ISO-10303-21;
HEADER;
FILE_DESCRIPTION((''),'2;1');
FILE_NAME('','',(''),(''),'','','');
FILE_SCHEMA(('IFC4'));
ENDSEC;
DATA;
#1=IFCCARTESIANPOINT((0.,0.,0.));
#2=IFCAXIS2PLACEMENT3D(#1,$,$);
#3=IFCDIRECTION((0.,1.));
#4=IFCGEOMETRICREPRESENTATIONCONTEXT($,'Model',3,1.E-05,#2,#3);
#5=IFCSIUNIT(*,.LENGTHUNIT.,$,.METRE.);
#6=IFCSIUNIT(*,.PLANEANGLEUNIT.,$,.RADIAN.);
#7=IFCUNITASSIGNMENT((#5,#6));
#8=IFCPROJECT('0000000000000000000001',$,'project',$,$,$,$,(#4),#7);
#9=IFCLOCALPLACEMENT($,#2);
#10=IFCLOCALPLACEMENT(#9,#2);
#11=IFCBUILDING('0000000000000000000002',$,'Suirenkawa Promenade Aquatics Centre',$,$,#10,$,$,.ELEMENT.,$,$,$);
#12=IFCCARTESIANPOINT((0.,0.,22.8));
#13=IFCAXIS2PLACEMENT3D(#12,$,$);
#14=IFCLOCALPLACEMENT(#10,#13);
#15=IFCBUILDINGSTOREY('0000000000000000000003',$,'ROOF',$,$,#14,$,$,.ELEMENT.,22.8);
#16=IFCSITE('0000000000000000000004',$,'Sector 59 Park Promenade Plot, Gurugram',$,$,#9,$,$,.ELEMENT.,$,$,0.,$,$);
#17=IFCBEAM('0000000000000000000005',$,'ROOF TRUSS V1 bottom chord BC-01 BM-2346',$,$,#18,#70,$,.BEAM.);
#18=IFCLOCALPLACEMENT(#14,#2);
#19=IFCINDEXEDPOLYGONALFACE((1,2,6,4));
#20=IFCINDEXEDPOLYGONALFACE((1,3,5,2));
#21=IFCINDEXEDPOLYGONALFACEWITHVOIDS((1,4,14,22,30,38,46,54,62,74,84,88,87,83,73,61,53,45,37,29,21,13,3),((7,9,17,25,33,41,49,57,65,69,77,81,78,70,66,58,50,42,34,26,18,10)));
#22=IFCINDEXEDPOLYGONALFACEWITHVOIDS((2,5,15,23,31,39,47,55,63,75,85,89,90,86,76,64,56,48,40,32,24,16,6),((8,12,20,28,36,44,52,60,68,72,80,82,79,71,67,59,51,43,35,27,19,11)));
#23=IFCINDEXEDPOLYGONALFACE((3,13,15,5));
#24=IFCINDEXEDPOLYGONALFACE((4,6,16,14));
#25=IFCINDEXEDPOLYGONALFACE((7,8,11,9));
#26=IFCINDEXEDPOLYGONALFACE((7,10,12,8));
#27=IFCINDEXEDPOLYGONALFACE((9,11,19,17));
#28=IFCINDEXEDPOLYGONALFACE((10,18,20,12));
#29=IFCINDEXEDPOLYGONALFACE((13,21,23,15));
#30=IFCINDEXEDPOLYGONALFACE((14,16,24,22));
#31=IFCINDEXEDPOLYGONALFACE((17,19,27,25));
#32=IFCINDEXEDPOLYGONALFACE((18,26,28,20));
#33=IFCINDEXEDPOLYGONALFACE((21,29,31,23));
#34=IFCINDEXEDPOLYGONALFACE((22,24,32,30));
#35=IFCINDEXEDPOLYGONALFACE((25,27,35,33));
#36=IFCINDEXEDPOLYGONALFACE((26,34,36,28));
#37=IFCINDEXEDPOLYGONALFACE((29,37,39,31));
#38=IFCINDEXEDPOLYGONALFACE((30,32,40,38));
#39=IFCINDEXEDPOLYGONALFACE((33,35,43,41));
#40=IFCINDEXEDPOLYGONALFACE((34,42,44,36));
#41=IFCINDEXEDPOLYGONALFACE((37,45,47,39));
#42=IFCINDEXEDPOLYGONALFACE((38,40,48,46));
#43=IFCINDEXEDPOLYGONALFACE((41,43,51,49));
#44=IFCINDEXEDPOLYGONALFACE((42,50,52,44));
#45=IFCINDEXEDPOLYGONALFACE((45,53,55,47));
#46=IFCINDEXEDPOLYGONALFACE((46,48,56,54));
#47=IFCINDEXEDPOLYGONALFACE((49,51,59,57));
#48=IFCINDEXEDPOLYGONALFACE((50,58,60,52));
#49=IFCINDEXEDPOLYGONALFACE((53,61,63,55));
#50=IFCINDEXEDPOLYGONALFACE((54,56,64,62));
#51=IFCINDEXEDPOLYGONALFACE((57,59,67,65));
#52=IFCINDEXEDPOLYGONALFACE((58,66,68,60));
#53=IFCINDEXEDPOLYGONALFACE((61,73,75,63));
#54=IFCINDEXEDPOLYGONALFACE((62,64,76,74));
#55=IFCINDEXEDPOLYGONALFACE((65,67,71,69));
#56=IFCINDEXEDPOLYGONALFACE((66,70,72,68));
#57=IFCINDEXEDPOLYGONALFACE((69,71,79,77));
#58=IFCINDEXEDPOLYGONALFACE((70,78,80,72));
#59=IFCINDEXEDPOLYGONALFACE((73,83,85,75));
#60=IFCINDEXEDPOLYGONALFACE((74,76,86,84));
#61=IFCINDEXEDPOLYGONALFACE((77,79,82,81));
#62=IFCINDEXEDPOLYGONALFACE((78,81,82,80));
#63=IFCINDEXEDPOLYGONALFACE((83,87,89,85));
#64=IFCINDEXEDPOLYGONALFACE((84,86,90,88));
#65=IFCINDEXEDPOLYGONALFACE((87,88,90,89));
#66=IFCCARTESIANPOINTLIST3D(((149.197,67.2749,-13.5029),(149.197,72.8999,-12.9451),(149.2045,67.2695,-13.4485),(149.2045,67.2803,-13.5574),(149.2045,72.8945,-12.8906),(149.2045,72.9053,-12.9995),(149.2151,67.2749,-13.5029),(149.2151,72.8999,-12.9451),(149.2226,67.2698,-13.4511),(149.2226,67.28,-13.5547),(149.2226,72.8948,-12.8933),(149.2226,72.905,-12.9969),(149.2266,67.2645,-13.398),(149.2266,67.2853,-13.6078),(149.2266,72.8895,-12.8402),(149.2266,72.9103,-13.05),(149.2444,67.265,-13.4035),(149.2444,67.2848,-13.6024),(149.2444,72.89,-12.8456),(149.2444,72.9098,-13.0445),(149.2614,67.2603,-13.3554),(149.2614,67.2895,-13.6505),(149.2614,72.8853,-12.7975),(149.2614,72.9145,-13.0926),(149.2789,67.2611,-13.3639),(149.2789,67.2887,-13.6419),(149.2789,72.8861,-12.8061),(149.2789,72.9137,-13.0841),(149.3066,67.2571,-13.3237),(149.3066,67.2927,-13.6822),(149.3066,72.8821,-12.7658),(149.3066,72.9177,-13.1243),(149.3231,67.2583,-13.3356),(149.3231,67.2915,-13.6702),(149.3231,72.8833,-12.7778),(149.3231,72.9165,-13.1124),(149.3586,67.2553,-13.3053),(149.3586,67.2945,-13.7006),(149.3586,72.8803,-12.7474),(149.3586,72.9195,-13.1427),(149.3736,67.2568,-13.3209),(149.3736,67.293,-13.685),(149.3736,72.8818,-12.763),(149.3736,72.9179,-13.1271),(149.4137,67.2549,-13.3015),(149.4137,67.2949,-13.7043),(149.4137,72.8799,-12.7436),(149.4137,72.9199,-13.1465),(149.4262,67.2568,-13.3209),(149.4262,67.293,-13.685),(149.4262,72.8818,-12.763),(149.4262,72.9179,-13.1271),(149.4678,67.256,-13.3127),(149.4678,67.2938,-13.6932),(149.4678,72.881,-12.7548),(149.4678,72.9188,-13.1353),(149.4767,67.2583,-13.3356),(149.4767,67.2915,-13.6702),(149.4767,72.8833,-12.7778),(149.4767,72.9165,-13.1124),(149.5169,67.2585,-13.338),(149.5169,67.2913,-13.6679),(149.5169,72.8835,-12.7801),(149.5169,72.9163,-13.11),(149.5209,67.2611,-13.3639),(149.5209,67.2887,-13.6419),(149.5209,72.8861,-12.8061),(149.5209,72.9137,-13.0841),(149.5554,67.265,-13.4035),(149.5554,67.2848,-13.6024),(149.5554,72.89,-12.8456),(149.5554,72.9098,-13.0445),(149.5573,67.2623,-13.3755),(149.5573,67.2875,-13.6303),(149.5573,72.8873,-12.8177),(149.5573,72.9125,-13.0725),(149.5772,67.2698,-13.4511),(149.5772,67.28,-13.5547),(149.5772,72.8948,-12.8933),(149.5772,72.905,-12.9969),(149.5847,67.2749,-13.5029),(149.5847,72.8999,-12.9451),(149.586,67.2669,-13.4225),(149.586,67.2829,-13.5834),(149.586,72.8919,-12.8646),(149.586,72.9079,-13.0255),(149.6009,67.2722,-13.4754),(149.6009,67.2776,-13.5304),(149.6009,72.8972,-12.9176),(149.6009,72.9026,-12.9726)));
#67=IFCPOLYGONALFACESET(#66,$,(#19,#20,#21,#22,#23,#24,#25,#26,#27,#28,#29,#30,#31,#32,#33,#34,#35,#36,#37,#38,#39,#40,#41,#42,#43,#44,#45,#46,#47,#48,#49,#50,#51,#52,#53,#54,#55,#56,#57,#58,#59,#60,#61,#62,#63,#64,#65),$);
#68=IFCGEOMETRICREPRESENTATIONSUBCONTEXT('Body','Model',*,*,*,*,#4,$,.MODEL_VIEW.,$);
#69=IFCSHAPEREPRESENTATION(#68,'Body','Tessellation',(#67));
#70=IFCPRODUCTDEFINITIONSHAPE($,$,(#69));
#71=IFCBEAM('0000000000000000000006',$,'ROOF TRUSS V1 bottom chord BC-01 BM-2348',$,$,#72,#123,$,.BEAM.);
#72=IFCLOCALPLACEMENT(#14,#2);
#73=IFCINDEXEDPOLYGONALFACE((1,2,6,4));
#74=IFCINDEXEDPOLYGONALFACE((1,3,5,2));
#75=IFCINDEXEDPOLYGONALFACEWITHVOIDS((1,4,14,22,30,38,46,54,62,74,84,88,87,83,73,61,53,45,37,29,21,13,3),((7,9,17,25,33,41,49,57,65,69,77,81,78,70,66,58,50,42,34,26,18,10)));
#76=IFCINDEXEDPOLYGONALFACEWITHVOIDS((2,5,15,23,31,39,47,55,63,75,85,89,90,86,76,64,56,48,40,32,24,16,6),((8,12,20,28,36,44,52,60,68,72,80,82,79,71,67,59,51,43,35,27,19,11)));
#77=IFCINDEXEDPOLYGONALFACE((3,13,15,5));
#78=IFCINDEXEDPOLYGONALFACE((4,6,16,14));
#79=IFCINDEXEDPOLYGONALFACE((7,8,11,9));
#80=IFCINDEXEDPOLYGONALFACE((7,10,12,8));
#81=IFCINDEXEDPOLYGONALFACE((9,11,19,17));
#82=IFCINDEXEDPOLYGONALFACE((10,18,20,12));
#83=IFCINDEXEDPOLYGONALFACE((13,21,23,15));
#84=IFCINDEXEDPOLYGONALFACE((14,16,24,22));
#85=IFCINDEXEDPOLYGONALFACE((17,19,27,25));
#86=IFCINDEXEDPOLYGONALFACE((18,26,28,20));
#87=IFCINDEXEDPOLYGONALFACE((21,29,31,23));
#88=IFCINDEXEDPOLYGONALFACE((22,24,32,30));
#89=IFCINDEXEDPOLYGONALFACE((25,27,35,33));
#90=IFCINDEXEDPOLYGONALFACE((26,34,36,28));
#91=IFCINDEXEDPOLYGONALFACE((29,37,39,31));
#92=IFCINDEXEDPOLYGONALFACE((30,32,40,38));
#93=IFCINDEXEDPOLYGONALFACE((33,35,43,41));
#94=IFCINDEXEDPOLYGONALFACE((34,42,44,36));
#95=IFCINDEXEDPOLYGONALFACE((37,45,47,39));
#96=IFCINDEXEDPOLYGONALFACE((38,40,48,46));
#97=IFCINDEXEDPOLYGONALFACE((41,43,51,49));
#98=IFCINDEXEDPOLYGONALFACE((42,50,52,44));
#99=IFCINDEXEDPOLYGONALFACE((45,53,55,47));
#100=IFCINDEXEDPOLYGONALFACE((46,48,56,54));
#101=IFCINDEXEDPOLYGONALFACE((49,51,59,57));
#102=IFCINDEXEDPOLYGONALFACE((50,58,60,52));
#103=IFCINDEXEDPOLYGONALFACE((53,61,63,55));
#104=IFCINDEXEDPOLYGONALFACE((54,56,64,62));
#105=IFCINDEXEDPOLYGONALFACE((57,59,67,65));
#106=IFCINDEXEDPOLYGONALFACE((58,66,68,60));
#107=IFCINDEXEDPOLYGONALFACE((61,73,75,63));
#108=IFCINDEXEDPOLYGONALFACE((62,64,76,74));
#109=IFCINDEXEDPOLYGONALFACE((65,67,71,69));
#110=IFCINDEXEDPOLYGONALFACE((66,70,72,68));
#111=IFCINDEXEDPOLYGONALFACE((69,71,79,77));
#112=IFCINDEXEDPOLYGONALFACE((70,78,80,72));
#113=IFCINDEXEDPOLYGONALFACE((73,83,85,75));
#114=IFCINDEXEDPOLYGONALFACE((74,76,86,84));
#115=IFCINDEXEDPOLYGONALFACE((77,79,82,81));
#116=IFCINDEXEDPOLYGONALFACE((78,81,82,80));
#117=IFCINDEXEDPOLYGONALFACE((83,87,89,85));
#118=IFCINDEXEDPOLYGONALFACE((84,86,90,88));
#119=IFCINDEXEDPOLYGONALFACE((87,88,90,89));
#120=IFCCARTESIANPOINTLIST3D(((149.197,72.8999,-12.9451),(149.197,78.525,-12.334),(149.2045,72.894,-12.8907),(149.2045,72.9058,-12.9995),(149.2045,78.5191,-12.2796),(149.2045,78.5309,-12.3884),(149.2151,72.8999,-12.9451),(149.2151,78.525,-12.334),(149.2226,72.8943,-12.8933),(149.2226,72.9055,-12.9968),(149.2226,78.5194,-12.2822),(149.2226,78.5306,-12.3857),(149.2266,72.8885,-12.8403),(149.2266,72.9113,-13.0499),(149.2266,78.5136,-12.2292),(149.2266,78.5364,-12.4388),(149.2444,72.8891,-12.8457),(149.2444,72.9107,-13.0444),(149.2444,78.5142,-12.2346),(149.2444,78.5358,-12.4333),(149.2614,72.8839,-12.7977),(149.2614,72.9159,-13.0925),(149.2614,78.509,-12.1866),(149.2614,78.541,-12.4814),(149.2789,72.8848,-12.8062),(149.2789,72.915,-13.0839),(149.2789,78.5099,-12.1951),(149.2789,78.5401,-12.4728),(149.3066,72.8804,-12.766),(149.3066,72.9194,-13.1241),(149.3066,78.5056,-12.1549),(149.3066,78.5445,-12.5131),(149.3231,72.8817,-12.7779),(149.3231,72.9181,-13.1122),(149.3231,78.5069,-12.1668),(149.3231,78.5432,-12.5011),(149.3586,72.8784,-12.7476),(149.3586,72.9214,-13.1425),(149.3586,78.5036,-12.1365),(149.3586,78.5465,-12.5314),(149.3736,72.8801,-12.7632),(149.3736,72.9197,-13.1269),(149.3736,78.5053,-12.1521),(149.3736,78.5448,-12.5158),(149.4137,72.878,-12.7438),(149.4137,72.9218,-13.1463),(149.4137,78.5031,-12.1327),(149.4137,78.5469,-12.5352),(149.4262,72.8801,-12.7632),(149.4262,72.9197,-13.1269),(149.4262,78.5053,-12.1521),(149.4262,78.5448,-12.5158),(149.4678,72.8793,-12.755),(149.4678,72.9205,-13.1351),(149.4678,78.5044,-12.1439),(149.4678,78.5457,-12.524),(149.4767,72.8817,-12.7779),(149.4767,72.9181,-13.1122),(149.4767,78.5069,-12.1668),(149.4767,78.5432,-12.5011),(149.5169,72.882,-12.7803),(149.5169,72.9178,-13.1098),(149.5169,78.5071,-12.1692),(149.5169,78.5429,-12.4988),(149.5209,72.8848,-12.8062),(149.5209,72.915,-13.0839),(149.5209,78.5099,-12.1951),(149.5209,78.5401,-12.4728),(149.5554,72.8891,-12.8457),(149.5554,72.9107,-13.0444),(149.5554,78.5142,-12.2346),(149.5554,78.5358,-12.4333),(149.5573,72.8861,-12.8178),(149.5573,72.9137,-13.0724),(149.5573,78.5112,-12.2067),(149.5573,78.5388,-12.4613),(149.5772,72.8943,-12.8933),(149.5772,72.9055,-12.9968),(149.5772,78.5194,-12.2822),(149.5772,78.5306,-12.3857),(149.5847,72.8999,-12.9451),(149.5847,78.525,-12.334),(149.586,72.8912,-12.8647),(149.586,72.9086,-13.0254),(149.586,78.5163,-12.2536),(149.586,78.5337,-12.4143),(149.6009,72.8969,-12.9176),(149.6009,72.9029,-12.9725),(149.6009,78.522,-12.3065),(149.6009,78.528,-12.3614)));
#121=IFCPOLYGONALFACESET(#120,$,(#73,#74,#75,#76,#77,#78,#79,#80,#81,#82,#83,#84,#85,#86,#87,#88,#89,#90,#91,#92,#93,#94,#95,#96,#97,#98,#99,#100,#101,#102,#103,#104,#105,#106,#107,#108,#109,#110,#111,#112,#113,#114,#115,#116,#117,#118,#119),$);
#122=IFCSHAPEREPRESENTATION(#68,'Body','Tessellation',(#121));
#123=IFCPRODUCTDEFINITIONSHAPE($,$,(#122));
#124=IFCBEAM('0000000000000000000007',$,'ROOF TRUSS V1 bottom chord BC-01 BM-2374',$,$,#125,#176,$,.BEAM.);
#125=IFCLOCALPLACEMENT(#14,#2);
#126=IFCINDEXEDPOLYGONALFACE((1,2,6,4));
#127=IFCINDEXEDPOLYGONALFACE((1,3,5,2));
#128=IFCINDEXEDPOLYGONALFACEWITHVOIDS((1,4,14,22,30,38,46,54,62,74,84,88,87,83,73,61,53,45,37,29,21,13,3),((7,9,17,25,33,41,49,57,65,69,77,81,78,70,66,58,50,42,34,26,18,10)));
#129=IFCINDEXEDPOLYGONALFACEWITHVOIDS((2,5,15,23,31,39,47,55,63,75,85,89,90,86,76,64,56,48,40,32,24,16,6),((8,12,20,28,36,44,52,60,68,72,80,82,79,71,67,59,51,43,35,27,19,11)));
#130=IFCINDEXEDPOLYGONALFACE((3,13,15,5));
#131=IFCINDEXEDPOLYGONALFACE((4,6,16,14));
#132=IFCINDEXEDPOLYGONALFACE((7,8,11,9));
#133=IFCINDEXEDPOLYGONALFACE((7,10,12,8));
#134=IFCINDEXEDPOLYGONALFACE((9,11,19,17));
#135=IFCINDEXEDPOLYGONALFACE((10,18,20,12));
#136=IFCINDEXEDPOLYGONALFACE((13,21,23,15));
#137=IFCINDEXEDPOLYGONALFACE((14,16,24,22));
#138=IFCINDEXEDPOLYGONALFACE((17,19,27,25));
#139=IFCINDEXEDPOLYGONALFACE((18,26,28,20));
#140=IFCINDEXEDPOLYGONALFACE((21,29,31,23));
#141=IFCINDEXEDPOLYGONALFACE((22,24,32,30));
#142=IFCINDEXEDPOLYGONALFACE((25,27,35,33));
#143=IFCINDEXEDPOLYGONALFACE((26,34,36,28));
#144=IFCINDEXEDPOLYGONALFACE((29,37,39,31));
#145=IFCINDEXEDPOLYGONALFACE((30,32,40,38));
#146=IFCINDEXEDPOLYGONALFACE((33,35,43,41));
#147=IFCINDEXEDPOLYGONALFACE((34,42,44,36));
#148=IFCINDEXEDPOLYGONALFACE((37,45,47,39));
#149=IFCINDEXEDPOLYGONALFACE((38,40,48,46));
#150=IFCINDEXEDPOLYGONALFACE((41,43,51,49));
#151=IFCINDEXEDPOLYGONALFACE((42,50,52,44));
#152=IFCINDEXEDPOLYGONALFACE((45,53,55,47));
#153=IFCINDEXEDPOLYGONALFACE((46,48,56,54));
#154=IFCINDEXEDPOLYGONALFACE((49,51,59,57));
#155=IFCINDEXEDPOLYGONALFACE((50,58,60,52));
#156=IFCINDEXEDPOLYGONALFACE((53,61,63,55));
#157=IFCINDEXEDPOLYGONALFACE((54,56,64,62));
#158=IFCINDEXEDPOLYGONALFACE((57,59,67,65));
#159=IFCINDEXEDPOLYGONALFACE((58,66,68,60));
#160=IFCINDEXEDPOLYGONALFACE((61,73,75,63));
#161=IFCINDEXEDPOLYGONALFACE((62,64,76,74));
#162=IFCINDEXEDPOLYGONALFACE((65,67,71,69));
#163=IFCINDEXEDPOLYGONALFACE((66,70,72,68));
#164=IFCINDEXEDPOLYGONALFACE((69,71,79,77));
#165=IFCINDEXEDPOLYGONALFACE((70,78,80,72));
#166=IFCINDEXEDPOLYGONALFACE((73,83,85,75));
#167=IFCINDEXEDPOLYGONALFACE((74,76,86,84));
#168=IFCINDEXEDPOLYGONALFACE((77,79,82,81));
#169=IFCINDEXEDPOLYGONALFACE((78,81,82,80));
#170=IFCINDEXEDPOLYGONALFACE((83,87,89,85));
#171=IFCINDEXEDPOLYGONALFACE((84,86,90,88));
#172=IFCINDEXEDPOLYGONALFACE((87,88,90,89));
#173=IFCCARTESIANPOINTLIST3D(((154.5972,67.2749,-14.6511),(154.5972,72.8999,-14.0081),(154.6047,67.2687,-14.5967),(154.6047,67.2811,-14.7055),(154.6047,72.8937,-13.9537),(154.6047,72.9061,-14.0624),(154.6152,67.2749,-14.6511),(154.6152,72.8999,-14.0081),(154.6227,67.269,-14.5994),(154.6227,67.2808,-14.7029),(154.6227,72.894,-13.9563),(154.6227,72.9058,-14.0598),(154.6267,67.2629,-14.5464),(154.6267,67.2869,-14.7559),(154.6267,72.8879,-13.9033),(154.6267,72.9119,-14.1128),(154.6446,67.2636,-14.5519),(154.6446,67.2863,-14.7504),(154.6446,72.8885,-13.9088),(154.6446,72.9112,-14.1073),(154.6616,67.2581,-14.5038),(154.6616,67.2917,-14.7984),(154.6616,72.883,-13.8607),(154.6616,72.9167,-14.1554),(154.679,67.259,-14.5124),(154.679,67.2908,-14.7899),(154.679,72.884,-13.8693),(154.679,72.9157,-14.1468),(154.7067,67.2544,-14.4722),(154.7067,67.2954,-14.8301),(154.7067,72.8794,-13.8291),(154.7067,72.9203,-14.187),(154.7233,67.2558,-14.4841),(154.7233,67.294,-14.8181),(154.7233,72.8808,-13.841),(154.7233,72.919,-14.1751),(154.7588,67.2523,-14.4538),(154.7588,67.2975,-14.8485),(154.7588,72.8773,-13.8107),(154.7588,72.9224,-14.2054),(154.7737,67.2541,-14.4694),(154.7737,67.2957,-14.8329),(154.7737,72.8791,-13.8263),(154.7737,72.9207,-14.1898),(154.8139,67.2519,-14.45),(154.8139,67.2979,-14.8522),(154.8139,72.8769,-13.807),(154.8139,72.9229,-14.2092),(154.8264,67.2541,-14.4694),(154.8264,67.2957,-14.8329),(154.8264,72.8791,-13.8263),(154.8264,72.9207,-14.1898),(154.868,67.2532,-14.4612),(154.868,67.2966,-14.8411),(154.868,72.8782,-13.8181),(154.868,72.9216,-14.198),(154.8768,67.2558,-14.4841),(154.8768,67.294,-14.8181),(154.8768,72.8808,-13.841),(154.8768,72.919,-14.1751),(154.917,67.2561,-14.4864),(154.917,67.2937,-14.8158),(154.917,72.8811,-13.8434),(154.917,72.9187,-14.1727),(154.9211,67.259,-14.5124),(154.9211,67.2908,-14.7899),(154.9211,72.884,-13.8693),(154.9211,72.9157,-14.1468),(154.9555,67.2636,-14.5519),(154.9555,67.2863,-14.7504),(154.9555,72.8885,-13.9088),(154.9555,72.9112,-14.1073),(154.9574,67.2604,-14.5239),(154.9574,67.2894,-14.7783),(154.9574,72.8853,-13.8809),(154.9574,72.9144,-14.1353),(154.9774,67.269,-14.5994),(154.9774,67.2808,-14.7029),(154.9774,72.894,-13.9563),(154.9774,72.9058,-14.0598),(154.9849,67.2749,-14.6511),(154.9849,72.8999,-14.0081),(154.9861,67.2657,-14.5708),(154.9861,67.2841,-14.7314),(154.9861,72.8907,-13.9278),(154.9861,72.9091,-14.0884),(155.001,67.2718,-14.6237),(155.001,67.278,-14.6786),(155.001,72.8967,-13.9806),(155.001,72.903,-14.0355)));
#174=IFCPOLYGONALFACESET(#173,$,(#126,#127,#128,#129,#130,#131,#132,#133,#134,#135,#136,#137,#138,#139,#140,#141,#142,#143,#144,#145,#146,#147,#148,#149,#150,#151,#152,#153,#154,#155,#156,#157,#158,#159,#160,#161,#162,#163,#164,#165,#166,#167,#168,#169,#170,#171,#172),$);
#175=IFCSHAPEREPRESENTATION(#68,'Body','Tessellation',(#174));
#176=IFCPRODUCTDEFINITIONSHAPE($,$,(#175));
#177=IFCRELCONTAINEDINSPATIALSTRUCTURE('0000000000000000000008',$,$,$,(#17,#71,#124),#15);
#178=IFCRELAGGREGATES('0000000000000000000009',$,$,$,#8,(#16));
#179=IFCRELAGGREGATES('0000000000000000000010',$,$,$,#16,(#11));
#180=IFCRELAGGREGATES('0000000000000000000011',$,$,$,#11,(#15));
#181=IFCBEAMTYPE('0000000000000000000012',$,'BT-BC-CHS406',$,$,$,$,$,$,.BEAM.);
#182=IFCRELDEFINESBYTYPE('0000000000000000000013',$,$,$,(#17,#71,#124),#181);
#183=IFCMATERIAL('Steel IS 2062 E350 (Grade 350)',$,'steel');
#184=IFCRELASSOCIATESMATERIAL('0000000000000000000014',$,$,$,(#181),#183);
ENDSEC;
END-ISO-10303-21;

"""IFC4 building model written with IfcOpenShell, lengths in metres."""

from ifc_helpers import new_model, si_unit, direction, frame, origin, origin_2d, place, context, subcontext, project, spatial, hollow_circle, extrude, material, material_profile, profile_set, type_object, element, save


model = new_model("IFC4")

# Units and contexts
model_context = context("Model", 3, precision=1e-05, world=origin(), true_north=direction((0.0, 1.0)))
body_context = subcontext(model_context, "Body", "Model", "MODEL_VIEW")
ifc_project = project(units=[si_unit("LENGTHUNIT", "METRE"), si_unit("PLANEANGLEUNIT", "RADIAN")], contexts=[model_context])

# Site, building, storey
site_placement = place(None, origin())
site = spatial("IfcSite", under=ifc_project, at=site_placement, Name="Sector 59 Park Promenade Plot, Gurugram", CompositionType="ELEMENT", RefElevation=0.0)
building_placement = place(site_placement, origin())
building = spatial("IfcBuilding", under=site, at=building_placement, Name="Suirenkawa Promenade Aquatics Centre", CompositionType="ELEMENT")
storey_placement = place(building_placement, frame((0.0, 0.0, 22.8)))
storey = spatial("IfcBuildingStorey", under=building, at=storey_placement, Name="ROOF", CompositionType="ELEMENT", Elevation=22.8)

# Beams
ifc_material = material(Name="Steel IS 2062 E350 (Grade 350)", Category="steel")
ifc_material_profile_1 = material_profile(ifc_material, hollow_circle(Radius=0.2029, WallThickness=0.0181, at=origin_2d()), Name="CHS 406x18", Category="steel")
ifc_profile_set_1 = profile_set([ifc_material_profile_1], Name="Steel IS 2062 E350 (Grade 350)")
beam_type_1 = type_object("IfcBeamType", Name="BT-BC-CHS406", PredefinedType="BEAM", material=ifc_profile_set_1)
beam_1_placement = place(storey_placement, frame((149.3999, 67.2749, -13.5029), z_axis=(0.0, 0.995118, 0.098691), x_axis=(-1.0, 0.0, 0.0)))
element("IfcBeam", 1, at=beam_1_placement, inside=storey, type_object=beam_type_1, Name="ROOF TRUSS V1 bottom chord BC-01 BM-2346", PredefinedType="BEAM", context=body_context, shape_type="SweptSolid", body=[
    extrude(hollow_circle(Radius=0.2029, WallThickness=0.0181, at=origin_2d()), origin(), (0.0, 0.0, 1.0), 5.6526),
])
beam_2_placement = place(storey_placement, frame((149.3999, 72.8999, -12.9451), z_axis=(0.0, 0.994151, 0.108002), x_axis=(-1.0, 0.0, 0.0)))
element("IfcBeam", 2, at=beam_2_placement, inside=storey, type_object=beam_type_1, Name="ROOF TRUSS V1 bottom chord BC-01 BM-2348", PredefinedType="BEAM", context=body_context, shape_type="SweptSolid", body=[
    extrude(hollow_circle(Radius=0.2029, WallThickness=0.0181, at=origin_2d()), origin(), (0.0, 0.0, 1.0), 5.6582),
])
beam_3_placement = place(storey_placement, frame((154.8, 67.2749, -14.6511), z_axis=(0.0, 0.993529, 0.113583), x_axis=(-1.0, 0.0, 0.0)))
element("IfcBeam", 3, at=beam_3_placement, inside=storey, type_object=beam_type_1, Name="ROOF TRUSS V1 bottom chord BC-01 BM-2374", PredefinedType="BEAM", context=body_context, shape_type="SweptSolid", body=[
    extrude(hollow_circle(Radius=0.2029, WallThickness=0.0181, at=origin_2d()), origin(), (0.0, 0.0, 1.0), 5.6616),
])

save(model, "model.ifc")
